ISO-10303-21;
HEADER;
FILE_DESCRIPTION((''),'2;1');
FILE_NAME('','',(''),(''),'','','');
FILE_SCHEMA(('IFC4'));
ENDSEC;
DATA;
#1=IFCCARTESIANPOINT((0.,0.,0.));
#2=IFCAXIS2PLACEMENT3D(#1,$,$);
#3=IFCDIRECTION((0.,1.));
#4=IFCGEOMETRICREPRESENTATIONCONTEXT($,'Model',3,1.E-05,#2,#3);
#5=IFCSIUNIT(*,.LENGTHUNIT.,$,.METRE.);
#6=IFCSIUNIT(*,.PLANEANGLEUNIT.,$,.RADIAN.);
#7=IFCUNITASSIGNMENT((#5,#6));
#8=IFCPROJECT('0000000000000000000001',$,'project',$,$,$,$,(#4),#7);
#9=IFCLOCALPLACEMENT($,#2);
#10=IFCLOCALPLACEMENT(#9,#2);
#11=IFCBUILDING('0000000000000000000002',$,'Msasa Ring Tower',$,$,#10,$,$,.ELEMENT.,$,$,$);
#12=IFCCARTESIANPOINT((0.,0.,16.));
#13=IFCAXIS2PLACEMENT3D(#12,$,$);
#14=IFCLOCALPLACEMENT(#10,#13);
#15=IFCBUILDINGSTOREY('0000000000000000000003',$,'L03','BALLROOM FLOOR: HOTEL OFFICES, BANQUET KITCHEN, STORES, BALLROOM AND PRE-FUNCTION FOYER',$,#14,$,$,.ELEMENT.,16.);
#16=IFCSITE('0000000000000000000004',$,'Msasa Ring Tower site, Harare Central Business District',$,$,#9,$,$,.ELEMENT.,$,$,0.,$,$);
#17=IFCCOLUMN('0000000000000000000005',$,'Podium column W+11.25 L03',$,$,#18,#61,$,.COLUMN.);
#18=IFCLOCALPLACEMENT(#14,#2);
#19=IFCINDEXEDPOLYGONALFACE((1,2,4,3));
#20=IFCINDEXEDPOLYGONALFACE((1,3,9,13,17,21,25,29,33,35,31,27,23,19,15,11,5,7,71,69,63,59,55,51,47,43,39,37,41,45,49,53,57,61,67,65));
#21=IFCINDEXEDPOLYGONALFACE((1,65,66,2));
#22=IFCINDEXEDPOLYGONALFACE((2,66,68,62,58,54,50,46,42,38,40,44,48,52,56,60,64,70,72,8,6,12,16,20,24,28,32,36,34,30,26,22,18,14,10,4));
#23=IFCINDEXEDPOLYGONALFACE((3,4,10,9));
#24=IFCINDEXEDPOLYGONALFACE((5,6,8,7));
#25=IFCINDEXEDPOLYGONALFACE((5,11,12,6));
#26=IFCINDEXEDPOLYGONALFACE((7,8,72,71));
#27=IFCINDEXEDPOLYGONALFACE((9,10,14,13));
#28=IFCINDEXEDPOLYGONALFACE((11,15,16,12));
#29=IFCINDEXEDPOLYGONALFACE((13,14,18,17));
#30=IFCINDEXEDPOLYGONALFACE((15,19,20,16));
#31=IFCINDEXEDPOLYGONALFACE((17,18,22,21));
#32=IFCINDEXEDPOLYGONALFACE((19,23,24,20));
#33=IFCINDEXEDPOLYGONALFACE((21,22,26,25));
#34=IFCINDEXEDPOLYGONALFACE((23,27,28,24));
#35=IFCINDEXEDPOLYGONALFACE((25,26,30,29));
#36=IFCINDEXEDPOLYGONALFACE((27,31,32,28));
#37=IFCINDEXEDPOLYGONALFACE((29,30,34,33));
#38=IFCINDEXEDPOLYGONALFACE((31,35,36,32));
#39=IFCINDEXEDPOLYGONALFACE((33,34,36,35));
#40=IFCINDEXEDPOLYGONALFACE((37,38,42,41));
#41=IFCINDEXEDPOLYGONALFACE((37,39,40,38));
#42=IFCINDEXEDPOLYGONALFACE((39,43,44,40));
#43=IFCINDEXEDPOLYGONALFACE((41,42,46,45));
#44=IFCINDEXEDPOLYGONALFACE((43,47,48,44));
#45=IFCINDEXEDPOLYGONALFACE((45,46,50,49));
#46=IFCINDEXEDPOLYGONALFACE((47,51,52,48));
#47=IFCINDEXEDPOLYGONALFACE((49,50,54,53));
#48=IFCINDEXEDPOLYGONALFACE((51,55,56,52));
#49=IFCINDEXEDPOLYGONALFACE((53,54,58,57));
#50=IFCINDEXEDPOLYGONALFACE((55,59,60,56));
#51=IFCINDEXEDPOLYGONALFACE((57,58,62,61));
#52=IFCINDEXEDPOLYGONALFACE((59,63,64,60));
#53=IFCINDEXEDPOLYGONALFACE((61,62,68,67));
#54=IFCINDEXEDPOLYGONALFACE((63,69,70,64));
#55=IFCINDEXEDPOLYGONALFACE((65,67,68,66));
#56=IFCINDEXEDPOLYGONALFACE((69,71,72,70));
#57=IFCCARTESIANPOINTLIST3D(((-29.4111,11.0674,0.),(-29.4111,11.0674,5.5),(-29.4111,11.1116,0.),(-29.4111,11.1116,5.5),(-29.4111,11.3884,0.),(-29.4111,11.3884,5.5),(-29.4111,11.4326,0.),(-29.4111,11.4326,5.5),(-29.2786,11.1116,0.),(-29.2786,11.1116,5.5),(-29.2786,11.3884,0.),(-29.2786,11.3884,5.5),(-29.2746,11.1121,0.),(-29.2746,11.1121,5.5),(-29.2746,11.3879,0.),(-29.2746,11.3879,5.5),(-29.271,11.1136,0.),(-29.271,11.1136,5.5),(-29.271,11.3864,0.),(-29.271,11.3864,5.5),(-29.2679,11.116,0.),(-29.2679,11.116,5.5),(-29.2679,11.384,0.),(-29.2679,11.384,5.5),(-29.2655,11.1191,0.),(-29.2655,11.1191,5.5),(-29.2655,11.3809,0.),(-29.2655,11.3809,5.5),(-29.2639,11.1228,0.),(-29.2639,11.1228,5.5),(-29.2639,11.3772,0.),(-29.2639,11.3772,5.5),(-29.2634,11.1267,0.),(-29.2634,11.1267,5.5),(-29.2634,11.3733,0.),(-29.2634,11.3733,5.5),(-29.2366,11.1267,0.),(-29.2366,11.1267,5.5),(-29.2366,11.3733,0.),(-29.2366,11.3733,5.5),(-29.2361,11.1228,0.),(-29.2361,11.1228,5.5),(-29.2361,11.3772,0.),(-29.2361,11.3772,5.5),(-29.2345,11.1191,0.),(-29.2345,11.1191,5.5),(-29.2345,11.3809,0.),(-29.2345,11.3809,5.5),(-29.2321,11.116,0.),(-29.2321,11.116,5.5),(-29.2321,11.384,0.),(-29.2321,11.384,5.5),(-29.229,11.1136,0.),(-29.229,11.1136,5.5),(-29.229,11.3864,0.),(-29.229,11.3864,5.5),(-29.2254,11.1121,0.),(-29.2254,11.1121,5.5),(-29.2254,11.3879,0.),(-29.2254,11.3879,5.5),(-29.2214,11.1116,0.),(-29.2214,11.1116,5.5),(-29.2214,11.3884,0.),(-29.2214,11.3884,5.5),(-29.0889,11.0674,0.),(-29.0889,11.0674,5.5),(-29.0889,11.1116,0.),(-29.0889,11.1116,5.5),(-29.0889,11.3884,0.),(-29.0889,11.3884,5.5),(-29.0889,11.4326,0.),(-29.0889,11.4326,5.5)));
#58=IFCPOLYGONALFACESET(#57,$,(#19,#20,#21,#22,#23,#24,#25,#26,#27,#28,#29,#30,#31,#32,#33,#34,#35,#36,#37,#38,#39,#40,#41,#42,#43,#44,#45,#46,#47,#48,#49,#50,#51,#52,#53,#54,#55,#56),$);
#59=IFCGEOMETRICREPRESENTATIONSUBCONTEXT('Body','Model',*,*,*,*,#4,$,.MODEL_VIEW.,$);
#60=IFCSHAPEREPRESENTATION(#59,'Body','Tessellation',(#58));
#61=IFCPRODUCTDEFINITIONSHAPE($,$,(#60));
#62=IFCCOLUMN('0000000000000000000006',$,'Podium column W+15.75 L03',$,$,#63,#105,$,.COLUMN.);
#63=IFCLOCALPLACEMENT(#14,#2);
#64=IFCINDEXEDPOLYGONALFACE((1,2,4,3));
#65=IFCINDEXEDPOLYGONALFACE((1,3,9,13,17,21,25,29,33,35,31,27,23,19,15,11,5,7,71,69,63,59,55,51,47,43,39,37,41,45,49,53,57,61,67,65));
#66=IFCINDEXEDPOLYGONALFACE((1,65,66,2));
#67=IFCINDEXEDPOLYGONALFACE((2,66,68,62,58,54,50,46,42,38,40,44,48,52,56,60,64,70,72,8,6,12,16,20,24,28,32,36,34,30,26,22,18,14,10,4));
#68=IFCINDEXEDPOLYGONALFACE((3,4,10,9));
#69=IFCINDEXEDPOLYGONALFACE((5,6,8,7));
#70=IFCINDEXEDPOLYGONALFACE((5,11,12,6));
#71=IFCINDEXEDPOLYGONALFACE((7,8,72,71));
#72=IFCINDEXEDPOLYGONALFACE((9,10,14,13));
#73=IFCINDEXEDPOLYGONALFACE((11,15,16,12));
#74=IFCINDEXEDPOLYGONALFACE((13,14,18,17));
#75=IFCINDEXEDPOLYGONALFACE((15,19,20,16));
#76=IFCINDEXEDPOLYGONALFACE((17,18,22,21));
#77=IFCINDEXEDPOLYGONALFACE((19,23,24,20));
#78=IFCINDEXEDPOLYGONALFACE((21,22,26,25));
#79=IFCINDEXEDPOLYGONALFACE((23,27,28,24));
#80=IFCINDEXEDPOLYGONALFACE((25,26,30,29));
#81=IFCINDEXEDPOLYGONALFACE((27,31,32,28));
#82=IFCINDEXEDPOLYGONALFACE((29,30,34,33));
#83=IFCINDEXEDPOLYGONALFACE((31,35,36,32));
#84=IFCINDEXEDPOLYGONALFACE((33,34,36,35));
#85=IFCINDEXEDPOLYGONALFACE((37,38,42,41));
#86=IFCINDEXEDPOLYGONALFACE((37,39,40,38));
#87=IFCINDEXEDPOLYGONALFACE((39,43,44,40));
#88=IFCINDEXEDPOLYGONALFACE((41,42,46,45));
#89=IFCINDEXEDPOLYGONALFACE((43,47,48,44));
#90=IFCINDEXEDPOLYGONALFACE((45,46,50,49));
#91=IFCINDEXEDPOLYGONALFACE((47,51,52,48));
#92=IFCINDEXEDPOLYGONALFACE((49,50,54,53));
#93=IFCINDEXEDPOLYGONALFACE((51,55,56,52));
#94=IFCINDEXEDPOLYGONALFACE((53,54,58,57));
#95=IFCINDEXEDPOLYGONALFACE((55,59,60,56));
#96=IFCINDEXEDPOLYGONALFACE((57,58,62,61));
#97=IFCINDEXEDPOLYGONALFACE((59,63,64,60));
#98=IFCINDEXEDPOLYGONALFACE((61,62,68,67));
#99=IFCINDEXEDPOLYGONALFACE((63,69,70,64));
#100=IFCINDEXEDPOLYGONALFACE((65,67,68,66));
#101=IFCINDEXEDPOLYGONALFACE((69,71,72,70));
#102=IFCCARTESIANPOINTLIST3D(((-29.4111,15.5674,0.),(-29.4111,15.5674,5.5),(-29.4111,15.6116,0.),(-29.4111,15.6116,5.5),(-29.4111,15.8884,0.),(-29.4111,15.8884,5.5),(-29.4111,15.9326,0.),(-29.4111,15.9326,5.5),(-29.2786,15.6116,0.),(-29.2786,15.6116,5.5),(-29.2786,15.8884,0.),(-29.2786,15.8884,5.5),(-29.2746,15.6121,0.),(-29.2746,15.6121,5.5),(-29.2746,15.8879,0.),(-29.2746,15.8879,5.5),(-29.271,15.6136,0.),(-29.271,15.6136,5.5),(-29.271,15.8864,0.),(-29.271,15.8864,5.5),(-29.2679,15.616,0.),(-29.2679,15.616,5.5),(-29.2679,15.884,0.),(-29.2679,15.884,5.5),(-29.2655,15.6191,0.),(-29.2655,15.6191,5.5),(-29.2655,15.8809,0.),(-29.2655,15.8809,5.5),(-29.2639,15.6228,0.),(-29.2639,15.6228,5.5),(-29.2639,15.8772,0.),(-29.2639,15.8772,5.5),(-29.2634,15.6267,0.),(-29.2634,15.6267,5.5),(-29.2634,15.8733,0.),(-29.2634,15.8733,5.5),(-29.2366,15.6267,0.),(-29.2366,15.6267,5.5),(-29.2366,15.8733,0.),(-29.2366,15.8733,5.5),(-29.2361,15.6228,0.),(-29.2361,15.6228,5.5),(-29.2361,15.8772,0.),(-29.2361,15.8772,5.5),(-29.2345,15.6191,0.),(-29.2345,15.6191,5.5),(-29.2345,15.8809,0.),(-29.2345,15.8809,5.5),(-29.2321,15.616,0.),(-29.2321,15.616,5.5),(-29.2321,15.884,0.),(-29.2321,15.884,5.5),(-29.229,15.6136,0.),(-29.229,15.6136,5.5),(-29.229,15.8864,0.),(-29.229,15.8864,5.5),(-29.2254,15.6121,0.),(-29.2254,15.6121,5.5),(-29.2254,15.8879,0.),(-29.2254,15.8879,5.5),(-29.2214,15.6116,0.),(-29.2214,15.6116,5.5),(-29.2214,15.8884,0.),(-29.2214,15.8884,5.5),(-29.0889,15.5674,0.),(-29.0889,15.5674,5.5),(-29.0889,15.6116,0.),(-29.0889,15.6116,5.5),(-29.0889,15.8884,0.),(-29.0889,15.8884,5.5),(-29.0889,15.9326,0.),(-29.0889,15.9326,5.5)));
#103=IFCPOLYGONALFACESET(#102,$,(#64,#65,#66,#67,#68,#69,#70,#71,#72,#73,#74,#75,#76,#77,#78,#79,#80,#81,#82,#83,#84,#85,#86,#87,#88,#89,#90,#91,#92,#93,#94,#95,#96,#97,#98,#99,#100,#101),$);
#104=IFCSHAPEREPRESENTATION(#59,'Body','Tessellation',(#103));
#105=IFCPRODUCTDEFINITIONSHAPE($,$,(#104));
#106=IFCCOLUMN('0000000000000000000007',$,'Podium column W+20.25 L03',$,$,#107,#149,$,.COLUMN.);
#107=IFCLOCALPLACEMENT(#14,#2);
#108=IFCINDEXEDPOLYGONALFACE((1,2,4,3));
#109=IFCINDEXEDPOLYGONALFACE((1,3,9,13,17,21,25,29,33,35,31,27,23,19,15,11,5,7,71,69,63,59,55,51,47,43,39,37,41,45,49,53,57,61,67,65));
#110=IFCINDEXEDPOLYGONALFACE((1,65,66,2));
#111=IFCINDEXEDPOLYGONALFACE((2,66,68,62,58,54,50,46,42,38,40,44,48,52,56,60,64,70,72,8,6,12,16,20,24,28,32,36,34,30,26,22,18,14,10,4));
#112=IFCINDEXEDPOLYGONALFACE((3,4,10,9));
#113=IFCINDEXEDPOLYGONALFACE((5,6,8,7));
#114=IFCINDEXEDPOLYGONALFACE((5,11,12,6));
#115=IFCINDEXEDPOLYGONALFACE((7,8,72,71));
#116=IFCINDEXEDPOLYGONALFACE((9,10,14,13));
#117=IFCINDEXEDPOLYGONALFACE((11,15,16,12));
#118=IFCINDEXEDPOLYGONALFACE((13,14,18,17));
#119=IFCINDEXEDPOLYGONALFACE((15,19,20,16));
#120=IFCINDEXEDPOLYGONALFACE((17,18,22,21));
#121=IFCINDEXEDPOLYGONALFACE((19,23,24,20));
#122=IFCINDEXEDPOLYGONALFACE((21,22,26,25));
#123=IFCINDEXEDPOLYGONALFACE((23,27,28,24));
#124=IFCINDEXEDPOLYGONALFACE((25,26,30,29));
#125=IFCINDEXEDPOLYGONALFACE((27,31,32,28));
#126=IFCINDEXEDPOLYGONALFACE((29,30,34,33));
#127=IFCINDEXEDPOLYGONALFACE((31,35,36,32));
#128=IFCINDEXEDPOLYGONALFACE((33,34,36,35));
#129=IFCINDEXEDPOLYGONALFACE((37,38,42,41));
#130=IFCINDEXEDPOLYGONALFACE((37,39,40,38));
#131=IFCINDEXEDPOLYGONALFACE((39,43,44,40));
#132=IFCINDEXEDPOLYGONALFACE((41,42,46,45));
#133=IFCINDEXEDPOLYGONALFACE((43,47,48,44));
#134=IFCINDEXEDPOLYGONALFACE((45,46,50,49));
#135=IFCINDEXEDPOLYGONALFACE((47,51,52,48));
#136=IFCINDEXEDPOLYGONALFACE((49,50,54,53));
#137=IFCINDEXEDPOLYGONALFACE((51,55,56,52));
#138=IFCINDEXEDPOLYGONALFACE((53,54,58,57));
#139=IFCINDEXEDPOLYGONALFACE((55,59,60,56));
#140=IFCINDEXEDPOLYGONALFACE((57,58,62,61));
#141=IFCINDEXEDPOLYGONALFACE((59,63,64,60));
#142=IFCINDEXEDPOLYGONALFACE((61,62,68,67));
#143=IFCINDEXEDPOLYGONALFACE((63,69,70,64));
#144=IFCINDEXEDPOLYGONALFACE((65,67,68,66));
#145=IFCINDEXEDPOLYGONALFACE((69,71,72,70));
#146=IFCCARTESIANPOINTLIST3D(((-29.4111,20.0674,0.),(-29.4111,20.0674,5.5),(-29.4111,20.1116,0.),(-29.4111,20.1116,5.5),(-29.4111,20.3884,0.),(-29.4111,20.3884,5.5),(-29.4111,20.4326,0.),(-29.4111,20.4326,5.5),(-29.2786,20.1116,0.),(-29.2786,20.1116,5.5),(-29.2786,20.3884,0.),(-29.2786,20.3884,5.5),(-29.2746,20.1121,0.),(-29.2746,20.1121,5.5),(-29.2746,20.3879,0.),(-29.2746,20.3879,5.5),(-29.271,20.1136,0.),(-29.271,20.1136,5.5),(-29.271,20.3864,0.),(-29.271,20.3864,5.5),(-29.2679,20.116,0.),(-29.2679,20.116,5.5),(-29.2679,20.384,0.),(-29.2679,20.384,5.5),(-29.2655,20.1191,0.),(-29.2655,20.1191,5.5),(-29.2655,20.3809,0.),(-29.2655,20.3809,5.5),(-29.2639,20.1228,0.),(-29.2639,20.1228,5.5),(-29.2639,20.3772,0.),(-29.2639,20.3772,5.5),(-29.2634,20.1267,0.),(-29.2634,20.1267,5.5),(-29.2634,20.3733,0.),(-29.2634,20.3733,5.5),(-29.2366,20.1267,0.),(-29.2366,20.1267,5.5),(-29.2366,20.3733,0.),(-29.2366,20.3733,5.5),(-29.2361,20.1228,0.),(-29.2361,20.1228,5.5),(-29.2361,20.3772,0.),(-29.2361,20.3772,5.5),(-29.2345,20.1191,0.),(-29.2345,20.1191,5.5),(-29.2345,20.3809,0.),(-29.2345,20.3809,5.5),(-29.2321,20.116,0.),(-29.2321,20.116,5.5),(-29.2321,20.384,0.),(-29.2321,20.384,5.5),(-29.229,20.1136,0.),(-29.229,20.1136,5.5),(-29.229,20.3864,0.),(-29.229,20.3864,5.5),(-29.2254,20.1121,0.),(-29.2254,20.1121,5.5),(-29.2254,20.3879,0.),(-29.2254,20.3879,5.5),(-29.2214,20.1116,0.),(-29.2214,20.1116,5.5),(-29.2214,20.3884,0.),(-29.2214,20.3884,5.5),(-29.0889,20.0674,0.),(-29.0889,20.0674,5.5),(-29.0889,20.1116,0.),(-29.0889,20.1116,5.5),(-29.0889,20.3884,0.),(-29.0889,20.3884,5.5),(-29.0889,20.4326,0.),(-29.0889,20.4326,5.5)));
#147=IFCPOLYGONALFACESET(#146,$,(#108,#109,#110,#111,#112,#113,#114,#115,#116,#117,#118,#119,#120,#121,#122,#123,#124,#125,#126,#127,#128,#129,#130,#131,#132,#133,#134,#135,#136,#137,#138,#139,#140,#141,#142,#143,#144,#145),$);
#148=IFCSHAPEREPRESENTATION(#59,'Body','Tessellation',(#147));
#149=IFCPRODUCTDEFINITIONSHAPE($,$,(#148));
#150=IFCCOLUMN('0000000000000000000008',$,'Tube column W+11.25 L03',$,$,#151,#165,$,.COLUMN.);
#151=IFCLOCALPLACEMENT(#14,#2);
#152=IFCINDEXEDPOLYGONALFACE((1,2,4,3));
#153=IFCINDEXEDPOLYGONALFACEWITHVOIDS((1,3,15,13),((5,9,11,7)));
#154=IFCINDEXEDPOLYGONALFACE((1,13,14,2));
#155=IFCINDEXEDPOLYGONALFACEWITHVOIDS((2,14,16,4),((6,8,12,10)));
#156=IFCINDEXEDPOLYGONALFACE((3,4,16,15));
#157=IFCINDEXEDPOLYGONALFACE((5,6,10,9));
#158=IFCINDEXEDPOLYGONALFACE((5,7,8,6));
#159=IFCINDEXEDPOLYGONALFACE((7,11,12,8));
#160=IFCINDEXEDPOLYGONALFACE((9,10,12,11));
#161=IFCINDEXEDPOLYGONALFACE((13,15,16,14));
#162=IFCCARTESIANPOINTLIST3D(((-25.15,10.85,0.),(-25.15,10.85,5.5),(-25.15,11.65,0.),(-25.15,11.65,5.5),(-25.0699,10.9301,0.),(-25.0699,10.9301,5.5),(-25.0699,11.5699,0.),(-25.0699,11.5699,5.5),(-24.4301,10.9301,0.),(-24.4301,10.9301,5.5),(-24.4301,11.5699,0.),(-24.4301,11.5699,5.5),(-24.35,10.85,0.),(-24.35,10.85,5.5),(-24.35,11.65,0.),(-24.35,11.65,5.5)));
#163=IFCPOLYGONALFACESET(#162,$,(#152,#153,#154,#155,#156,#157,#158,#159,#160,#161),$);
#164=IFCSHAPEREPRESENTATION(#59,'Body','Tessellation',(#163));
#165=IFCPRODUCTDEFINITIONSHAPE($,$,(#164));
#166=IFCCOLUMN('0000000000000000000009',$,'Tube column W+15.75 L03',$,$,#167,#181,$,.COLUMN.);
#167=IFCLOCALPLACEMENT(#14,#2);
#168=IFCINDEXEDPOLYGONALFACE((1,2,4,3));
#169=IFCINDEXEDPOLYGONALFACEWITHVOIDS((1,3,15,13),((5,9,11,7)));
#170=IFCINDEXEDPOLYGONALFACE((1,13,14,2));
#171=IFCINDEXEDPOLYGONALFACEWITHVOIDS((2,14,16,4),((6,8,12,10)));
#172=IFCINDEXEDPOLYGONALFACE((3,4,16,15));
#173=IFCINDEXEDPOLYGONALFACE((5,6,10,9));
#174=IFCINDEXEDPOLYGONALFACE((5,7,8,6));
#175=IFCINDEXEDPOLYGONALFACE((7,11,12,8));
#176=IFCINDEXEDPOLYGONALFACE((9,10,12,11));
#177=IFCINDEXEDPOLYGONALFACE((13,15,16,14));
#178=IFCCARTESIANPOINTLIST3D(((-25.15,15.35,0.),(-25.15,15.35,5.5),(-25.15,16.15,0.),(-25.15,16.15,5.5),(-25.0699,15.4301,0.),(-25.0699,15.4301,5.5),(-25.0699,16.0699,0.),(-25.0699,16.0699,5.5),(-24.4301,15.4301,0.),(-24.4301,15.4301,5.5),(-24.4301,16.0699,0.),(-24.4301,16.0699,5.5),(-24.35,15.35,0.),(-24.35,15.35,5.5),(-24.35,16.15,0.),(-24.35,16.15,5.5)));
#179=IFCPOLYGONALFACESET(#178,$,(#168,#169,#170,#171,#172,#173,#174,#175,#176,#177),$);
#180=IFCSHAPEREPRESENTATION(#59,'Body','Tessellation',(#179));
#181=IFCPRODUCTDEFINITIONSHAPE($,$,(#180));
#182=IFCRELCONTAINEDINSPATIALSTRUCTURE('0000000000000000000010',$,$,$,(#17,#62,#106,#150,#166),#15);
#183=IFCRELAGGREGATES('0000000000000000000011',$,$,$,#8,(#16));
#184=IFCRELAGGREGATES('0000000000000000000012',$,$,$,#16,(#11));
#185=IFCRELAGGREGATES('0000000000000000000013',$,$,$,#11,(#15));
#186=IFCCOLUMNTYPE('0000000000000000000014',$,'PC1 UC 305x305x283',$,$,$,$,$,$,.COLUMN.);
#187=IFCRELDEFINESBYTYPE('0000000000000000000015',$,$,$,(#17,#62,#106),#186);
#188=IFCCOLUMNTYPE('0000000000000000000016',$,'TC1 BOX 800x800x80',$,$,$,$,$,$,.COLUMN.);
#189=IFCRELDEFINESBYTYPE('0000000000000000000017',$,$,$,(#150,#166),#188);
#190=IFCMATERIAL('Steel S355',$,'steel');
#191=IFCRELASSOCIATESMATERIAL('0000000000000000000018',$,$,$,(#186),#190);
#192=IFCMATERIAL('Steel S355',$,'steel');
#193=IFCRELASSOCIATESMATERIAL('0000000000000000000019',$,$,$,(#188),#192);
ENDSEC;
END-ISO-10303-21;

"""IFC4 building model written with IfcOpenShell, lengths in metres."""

from ifc_helpers import new_model, si_unit, direction, frame, origin, origin_2d, place, context, subcontext, project, spatial, hollow_rectangle, i_section, extrude, material, material_profile, profile_set, type_object, element, save


model = new_model("IFC4")

# Units and contexts
model_context = context("Model", 3, precision=1e-05, world=origin(), true_north=direction((0.0, 1.0)))
body_context = subcontext(model_context, "Body", "Model", "MODEL_VIEW")
ifc_project = project(units=[si_unit("LENGTHUNIT", "METRE"), si_unit("PLANEANGLEUNIT", "RADIAN")], contexts=[model_context])

# Site, building, storey
site_placement = place(None, origin())
site = spatial("IfcSite", under=ifc_project, at=site_placement, Name="Msasa Ring Tower site, Harare Central Business District", CompositionType="ELEMENT", RefElevation=0.0)
building_placement = place(site_placement, origin())
building = spatial("IfcBuilding", under=site, at=building_placement, Name="Msasa Ring Tower", CompositionType="ELEMENT")
storey_placement = place(building_placement, frame((0.0, 0.0, 16.0)))
storey = spatial("IfcBuildingStorey", under=building, at=storey_placement, Name="L03", Description="BALLROOM FLOOR: HOTEL OFFICES, BANQUET KITCHEN, STORES, BALLROOM AND PRE-FUNCTION FOYER", CompositionType="ELEMENT", Elevation=16.0)

# Columns
ifc_material_1 = material(Name="Steel S355", Category="steel")
ifc_material_profile_1 = material_profile(ifc_material_1, i_section(OverallWidth=0.3223, OverallDepth=0.3652, WebThickness=0.0269, FlangeThickness=0.0442, FilletRadius=0.0151, at=origin_2d()), Name="UC 305x305x283")
ifc_profile_set_1 = profile_set([ifc_material_profile_1], Name="Steel S355")
column_type_1 = type_object("IfcColumnType", Name="PC1 UC 305x305x283", PredefinedType="COLUMN", material=ifc_profile_set_1)
for number, where, z_axis, x_axis, name in (
    (1, (-29.25, 11.25, 0.0), (0.0, 0.0, 1.0), (1.0, 0.0, 0.0), "Podium column W+11.25 L03"),
    (2, (-29.25, 15.75, 0.0), (0.0, 0.0, 1.0), (1.0, 0.0, 0.0), "Podium column W+15.75 L03"),
    (3, (-29.25, 20.25, 0.0), (0.0, 0.0, 1.0), (1.0, 0.0, 0.0), "Podium column W+20.25 L03"),
):
    element("IfcColumn", number, at=place(storey_placement, frame(where, z_axis=z_axis, x_axis=x_axis)), inside=storey, type_object=column_type_1, Name=name, PredefinedType="COLUMN", context=body_context, shape_type="SweptSolid", body=[
        extrude(i_section(OverallWidth=0.3223, OverallDepth=0.3652, WebThickness=0.0269, FlangeThickness=0.0442, FilletRadius=0.0151, at=origin_2d()), origin(), (0.0, 0.0, 1.0), 5.5),
    ])
ifc_material_2 = material(Name="Steel S355", Category="steel")
ifc_material_profile_2 = material_profile(ifc_material_2, hollow_rectangle(XDim=0.8, YDim=0.8, WallThickness=0.0801, at=origin_2d()), Name="BOX 800x800x80")
ifc_profile_set_2 = profile_set([ifc_material_profile_2], Name="Steel S355")
column_type_2 = type_object("IfcColumnType", Name="TC1 BOX 800x800x80", PredefinedType="COLUMN", material=ifc_profile_set_2)
for number, where, z_axis, x_axis, name in (
    (4, (-24.75, 11.25, 0.0), (0.0, 0.0, 1.0), (1.0, 0.0, 0.0), "Tube column W+11.25 L03"),
    (5, (-24.75, 15.75, 0.0), (0.0, 0.0, 1.0), (1.0, 0.0, 0.0), "Tube column W+15.75 L03"),
):
    element("IfcColumn", number, at=place(storey_placement, frame(where, z_axis=z_axis, x_axis=x_axis)), inside=storey, type_object=column_type_2, Name=name, PredefinedType="COLUMN", context=body_context, shape_type="SweptSolid", body=[
        extrude(hollow_rectangle(XDim=0.8, YDim=0.8, WallThickness=0.0801, at=origin_2d()), origin(), (0.0, 0.0, 1.0), 5.5),
    ])

save(model, "model.ifc")
